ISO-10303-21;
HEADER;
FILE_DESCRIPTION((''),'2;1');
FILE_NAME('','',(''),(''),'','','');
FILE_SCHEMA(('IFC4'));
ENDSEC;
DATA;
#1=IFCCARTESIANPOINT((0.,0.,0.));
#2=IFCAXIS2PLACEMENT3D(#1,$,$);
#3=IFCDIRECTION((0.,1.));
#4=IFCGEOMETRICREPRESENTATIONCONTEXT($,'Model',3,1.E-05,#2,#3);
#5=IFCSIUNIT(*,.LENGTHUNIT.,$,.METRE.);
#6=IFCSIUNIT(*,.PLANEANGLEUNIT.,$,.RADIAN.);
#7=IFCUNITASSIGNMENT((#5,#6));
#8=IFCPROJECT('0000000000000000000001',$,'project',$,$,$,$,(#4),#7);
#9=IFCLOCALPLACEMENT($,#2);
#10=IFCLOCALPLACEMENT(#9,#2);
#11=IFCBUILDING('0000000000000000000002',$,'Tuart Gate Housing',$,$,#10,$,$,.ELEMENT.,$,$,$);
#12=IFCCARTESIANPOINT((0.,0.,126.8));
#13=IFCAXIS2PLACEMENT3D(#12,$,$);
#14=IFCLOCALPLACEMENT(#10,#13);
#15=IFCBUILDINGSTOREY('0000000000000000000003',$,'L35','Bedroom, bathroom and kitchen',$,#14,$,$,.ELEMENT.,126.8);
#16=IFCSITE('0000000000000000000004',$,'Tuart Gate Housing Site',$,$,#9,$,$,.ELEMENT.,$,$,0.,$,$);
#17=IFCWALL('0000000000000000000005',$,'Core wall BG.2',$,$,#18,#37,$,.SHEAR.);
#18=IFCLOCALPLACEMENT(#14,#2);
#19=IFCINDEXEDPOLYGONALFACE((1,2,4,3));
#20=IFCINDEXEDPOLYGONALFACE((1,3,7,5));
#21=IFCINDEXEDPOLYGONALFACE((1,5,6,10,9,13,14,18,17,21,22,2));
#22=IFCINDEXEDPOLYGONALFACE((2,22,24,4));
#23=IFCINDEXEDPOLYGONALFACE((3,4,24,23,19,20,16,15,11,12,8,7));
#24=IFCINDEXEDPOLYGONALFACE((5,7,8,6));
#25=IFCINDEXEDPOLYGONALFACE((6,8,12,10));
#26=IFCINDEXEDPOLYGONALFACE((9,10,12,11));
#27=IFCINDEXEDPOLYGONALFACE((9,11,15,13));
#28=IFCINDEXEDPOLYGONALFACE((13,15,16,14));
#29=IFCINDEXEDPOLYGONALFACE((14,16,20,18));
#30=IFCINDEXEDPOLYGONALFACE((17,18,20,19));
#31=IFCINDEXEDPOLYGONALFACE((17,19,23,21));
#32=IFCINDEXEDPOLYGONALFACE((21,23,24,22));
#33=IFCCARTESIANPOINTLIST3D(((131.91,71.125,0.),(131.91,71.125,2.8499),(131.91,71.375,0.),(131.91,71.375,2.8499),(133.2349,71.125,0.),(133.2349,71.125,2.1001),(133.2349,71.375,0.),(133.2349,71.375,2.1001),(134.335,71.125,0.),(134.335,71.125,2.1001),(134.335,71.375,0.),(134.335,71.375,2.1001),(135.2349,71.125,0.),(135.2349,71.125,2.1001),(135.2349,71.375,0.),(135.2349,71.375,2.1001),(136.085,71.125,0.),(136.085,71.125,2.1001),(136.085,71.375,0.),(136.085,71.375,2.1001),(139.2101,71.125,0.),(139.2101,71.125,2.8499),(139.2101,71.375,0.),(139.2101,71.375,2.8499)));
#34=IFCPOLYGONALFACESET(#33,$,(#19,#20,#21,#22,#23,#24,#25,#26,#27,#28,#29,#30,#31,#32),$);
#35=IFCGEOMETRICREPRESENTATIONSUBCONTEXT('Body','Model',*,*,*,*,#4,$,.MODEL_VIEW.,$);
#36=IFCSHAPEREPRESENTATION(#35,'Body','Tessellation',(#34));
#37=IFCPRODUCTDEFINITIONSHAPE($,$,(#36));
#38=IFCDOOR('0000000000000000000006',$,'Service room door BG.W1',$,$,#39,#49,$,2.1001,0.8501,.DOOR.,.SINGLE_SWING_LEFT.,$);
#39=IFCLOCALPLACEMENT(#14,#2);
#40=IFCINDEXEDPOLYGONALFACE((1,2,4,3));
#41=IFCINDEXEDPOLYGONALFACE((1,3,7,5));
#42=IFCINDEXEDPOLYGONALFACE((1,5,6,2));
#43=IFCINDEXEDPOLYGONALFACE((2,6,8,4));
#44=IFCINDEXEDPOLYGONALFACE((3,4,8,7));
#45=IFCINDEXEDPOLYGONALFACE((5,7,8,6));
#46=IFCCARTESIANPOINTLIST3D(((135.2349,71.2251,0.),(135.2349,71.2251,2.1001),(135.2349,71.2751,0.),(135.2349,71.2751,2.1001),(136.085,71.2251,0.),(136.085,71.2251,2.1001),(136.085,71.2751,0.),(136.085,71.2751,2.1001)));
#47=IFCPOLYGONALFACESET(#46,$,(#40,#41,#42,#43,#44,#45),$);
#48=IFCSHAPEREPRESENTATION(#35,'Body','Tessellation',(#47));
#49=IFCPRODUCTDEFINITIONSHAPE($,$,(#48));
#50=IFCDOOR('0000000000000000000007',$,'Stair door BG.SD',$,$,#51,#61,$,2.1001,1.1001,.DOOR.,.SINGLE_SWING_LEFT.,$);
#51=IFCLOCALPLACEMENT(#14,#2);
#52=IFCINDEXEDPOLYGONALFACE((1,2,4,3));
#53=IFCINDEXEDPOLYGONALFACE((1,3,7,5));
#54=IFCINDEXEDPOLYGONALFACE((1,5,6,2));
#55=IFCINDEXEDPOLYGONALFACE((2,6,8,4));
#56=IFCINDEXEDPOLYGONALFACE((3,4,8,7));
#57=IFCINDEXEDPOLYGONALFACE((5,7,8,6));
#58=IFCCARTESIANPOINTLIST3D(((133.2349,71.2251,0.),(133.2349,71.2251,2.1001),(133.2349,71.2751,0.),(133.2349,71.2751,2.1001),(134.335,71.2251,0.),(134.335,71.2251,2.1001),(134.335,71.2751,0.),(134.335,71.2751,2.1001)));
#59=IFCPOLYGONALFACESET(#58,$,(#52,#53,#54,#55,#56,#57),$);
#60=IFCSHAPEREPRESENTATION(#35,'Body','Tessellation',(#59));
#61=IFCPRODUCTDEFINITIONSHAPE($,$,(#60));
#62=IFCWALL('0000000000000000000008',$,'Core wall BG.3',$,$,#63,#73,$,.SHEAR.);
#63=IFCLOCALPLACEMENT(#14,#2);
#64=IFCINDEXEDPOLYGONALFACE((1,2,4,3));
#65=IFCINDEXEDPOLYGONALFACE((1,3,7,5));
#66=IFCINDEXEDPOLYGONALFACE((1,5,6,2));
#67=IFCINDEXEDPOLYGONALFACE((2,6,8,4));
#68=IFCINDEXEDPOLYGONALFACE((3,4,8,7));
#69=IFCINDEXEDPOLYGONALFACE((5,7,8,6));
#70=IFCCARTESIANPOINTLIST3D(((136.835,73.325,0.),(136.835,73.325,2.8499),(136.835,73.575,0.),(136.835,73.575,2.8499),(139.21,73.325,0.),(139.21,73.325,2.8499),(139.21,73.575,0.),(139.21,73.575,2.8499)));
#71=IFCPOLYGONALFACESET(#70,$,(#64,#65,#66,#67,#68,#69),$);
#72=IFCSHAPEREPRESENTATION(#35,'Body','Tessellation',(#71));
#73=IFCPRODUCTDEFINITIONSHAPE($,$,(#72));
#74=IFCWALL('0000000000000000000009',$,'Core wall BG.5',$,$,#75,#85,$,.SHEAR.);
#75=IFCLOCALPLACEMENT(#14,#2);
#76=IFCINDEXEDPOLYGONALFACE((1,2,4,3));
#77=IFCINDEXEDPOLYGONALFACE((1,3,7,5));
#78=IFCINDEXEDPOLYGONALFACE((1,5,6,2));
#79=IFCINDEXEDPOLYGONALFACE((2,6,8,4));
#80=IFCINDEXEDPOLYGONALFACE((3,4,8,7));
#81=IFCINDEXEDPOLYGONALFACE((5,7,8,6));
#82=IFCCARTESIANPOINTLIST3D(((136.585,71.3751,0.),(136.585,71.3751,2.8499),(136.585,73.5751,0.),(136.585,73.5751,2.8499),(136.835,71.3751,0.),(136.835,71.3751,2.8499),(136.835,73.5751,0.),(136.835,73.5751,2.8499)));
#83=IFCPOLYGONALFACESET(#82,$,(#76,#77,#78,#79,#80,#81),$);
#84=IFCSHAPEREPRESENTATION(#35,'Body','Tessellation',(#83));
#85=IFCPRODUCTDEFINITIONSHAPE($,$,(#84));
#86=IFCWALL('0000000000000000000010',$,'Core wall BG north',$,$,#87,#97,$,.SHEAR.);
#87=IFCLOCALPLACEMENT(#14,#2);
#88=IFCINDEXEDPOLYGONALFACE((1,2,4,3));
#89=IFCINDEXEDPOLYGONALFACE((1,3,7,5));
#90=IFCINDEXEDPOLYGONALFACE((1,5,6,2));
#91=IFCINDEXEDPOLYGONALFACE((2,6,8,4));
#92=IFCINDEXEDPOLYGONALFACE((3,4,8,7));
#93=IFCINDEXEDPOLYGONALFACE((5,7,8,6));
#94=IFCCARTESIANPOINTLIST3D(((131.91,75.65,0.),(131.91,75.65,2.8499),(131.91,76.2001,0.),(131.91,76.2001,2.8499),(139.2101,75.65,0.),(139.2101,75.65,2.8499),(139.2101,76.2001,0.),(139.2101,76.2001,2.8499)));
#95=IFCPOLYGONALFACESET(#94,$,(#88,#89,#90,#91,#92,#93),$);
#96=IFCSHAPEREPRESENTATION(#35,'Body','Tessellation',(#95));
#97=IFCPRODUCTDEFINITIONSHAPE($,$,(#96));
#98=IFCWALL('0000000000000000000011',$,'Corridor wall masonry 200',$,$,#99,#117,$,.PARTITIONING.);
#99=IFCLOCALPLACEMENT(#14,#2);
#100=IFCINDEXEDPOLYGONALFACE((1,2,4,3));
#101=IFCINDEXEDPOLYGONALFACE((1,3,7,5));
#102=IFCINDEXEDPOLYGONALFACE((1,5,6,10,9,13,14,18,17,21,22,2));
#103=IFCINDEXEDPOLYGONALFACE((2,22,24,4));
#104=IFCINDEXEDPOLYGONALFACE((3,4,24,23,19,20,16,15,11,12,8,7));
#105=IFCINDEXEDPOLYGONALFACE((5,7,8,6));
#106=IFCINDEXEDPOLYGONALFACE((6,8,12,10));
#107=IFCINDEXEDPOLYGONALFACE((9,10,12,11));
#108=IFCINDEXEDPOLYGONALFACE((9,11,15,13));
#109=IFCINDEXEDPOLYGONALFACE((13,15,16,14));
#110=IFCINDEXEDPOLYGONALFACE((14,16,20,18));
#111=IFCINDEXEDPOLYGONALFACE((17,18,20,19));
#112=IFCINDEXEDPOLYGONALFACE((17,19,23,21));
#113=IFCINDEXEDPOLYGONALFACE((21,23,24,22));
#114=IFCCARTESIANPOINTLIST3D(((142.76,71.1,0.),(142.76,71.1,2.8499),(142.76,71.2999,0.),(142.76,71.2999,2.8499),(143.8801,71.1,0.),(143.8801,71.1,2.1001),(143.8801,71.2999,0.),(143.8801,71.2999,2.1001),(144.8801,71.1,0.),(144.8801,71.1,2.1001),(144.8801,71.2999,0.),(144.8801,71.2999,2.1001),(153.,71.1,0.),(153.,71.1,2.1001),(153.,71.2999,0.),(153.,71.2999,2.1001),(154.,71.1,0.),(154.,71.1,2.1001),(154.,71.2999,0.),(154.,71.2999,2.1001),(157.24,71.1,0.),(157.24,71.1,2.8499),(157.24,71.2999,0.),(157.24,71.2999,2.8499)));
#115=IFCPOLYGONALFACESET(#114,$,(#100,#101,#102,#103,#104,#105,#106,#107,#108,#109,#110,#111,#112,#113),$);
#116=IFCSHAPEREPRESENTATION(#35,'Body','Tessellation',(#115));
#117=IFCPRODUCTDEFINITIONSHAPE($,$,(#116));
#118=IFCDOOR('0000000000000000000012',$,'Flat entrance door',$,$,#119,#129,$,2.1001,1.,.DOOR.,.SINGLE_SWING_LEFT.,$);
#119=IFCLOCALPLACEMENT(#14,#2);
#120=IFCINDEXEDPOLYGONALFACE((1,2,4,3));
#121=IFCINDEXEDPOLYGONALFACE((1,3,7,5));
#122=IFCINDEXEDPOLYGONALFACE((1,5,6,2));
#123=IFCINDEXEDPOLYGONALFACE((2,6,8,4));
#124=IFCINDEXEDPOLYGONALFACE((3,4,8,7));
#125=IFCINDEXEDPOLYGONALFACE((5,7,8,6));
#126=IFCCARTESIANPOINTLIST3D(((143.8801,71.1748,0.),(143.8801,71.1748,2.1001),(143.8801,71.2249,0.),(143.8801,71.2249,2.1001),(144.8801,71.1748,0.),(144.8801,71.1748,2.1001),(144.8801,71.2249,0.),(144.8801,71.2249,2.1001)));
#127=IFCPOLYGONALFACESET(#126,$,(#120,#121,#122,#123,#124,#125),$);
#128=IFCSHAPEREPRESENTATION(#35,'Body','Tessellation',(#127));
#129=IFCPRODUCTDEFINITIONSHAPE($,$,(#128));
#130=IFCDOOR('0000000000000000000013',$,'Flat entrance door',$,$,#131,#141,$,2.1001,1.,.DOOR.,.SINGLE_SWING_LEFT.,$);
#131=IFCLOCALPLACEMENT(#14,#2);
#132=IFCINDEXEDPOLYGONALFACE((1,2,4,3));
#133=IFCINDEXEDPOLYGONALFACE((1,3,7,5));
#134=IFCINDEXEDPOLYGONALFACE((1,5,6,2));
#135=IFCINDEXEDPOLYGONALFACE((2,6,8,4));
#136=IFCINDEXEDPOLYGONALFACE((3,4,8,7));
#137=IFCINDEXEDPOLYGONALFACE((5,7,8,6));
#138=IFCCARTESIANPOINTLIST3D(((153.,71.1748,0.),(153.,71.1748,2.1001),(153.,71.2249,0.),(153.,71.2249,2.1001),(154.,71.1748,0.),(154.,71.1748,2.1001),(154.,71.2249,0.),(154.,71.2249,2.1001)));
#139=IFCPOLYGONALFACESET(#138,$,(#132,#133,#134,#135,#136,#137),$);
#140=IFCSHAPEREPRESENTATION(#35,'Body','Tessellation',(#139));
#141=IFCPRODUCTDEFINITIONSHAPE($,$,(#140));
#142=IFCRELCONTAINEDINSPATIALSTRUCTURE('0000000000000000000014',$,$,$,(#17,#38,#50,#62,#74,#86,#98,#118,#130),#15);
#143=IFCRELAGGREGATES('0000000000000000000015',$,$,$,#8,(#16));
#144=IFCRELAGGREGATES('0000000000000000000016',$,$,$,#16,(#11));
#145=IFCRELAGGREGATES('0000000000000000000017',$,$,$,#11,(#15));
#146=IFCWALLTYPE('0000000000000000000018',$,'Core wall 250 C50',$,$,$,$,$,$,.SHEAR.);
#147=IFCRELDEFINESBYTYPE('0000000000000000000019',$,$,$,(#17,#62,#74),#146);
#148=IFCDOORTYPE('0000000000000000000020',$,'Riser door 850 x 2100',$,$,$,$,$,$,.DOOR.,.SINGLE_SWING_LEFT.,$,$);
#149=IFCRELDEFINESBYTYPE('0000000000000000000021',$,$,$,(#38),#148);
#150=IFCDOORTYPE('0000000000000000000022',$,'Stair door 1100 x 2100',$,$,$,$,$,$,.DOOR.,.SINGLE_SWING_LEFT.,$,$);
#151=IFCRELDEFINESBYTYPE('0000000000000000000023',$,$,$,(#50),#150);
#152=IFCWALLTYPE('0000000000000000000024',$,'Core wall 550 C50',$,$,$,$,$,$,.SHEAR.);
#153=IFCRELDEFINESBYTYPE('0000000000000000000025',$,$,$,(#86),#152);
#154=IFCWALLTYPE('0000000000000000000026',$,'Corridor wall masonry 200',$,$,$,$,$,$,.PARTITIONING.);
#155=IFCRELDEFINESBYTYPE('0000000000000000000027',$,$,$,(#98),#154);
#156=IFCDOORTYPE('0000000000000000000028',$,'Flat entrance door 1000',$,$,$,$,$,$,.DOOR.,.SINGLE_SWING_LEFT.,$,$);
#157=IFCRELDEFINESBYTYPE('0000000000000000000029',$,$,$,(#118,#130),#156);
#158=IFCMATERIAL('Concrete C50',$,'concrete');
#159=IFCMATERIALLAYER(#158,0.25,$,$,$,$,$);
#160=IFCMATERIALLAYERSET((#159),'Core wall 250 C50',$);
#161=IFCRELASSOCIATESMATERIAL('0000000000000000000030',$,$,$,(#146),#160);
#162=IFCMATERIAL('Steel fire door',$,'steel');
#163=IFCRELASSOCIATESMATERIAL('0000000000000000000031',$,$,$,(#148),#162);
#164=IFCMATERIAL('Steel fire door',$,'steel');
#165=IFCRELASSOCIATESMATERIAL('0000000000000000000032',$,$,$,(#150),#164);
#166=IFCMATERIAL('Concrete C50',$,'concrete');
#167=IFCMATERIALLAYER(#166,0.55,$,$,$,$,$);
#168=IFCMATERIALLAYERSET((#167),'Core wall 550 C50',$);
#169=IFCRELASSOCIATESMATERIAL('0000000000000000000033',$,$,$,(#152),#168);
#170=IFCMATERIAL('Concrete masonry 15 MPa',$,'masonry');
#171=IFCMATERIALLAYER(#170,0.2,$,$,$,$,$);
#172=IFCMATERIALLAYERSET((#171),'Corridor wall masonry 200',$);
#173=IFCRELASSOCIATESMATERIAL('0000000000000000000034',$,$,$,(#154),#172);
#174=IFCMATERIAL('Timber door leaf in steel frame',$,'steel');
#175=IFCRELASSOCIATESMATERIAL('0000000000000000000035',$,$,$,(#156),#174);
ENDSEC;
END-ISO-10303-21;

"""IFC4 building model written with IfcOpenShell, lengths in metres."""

from ifc_helpers import new_model, si_unit, direction, frame, frame_2d, origin, place, context, subcontext, project, spatial, rectangle, extrude, material, layer, layer_set, type_object, element, fill, save


model = new_model("IFC4")

# Units and contexts
model_context = context("Model", 3, precision=1e-05, world=origin(), true_north=direction((0.0, 1.0)))
body_context = subcontext(model_context, "Body", "Model", "MODEL_VIEW")
ifc_project = project(units=[si_unit("LENGTHUNIT", "METRE"), si_unit("PLANEANGLEUNIT", "RADIAN")], contexts=[model_context])

# Site, building, storey
site_placement = place(None, origin())
site = spatial("IfcSite", under=ifc_project, at=site_placement, Name="Tuart Gate Housing Site", CompositionType="ELEMENT", RefElevation=0.0)
building_placement = place(site_placement, origin())
building = spatial("IfcBuilding", under=site, at=building_placement, Name="Tuart Gate Housing", CompositionType="ELEMENT")
storey_placement = place(building_placement, frame((0.0, 0.0, 126.8)))
storey = spatial("IfcBuildingStorey", under=building, at=storey_placement, Name="L35", Description="Bedroom, bathroom and kitchen", CompositionType="ELEMENT", Elevation=126.8)

# Wall, openings, doors
ifc_material_1 = material(Name="Concrete C50", Category="concrete")
ifc_layer_1 = layer(ifc_material_1, 0.25)
ifc_layer_set_1 = layer_set([ifc_layer_1], Name="Core wall 250 C50")
wall_type_1 = type_object("IfcWallType", Name="Core wall 250 C50", PredefinedType="SHEAR", material=ifc_layer_set_1)
wall_1_placement = place(storey_placement, frame((139.21, 71.25, 0.0), z_axis=(0.0, 0.0, 1.0), x_axis=(-1.0, 0.0, 0.0)))
wall_1 = element("IfcWall", 1, at=wall_1_placement, inside=storey, type_object=wall_type_1, Name="Core wall BG.2", PredefinedType="SHEAR", context=body_context, shape_type="SweptSolid", body=[
    extrude(rectangle(XDim=7.3, YDim=0.25, at=frame_2d((3.6499, 0.0))), origin(), (0.0, 0.0, 1.0), 2.8499),
])
opening_1_placement = place(wall_1_placement, frame((4.875, 0.0, 0.0)))
opening_1 = element("IfcOpeningElement", 2, at=opening_1_placement, cuts=wall_1, PredefinedType="OPENING", context=body_context, shape_type="SweptSolid", body=[
    extrude(rectangle(XDim=1.1001, YDim=2.1001, at=frame_2d((0.55, 1.05))), frame((0.0, 0.135, 0.0), z_axis=(0.0, -1.0, 0.0), x_axis=(1.0, 0.0, 0.0)), (0.0, 0.0, 1.0), 0.27),
])
opening_2_placement = place(wall_1_placement, frame((3.125, 0.0, 0.0)))
opening_2 = element("IfcOpeningElement", 3, at=opening_2_placement, cuts=wall_1, PredefinedType="OPENING", context=body_context, shape_type="SweptSolid", body=[
    extrude(rectangle(XDim=0.8501, YDim=2.1001, at=frame_2d((0.425, 1.05))), frame((0.0, 0.135, 0.0), z_axis=(0.0, -1.0, 0.0), x_axis=(1.0, 0.0, 0.0)), (0.0, 0.0, 1.0), 0.27),
])
ifc_material_2 = material(Name="Steel fire door", Category="steel")
door_type_1 = type_object("IfcDoorType", Name="Riser door 850 x 2100", OperationType="SINGLE_SWING_LEFT", PredefinedType="DOOR", material=ifc_material_2)
door_1_placement = place(opening_2_placement, origin())
door_1 = element("IfcDoor", 4, at=door_1_placement, inside=storey, type_object=door_type_1, Name="Service room door BG.W1", OperationType="SINGLE_SWING_LEFT", OverallHeight=2.1001, OverallWidth=0.8501, PredefinedType="DOOR", context=body_context, shape_type="SweptSolid", body=[
    extrude(rectangle(XDim=0.8501, YDim=2.1001, at=frame_2d((0.425, 1.05))), frame((0.0, 0.0249, 0.0), z_axis=(0.0, -1.0, 0.0), x_axis=(1.0, 0.0, 0.0)), (0.0, 0.0, 1.0), 0.05),
])
fill(opening_2, door_1)
ifc_material_3 = material(Name="Steel fire door", Category="steel")
door_type_2 = type_object("IfcDoorType", Name="Stair door 1100 x 2100", OperationType="SINGLE_SWING_LEFT", PredefinedType="DOOR", material=ifc_material_3)
door_2_placement = place(opening_1_placement, origin())
door_2 = element("IfcDoor", 5, at=door_2_placement, inside=storey, type_object=door_type_2, Name="Stair door BG.SD", OperationType="SINGLE_SWING_LEFT", OverallHeight=2.1001, OverallWidth=1.1001, PredefinedType="DOOR", context=body_context, shape_type="SweptSolid", body=[
    extrude(rectangle(XDim=1.1001, YDim=2.1001, at=frame_2d((0.55, 1.05))), frame((0.0, 0.0249, 0.0), z_axis=(0.0, -1.0, 0.0), x_axis=(1.0, 0.0, 0.0)), (0.0, 0.0, 1.0), 0.05),
])
fill(opening_1, door_2)

# Walls
wall_2_placement = place(storey_placement, frame((139.21, 73.45, 0.0), z_axis=(0.0, 0.0, 1.0), x_axis=(-1.0, 0.0, 0.0)))
element("IfcWall", 6, at=wall_2_placement, inside=storey, type_object=wall_type_1, Name="Core wall BG.3", PredefinedType="SHEAR", context=body_context, shape_type="SweptSolid", body=[
    extrude(rectangle(XDim=2.375, YDim=0.25, at=frame_2d((1.1875, 0.0))), origin(), (0.0, 0.0, 1.0), 2.8499),
])
wall_3_placement = place(storey_placement, frame((136.71, 71.375, 0.0), z_axis=(0.0, 0.0, 1.0), x_axis=(0.0, 1.0, 0.0)))
element("IfcWall", 7, at=wall_3_placement, inside=storey, type_object=wall_type_1, Name="Core wall BG.5", PredefinedType="SHEAR", context=body_context, shape_type="SweptSolid", body=[
    extrude(rectangle(XDim=2.2, YDim=0.25, at=frame_2d((1.1001, 0.0))), origin(), (0.0, 0.0, 1.0), 2.8499),
])
ifc_material_4 = material(Name="Concrete C50", Category="concrete")
ifc_layer_2 = layer(ifc_material_4, 0.55)
ifc_layer_set_2 = layer_set([ifc_layer_2], Name="Core wall 550 C50")
wall_type_2 = type_object("IfcWallType", Name="Core wall 550 C50", PredefinedType="SHEAR", material=ifc_layer_set_2)
wall_4_placement = place(storey_placement, frame((139.21, 75.925, 0.0), z_axis=(0.0, 0.0, 1.0), x_axis=(-1.0, 0.0, 0.0)))
element("IfcWall", 8, at=wall_4_placement, inside=storey, type_object=wall_type_2, Name="Core wall BG north", PredefinedType="SHEAR", context=body_context, shape_type="SweptSolid", body=[
    extrude(rectangle(XDim=7.3, YDim=0.55, at=frame_2d((3.6499, 0.0))), origin(), (0.0, 0.0, 1.0), 2.8499),
])

# Wall, openings, doors
ifc_material_5 = material(Name="Concrete masonry 15 MPa", Category="masonry")
ifc_layer_3 = layer(ifc_material_5, 0.2)
ifc_layer_set_3 = layer_set([ifc_layer_3], Name="Corridor wall masonry 200")
wall_type_3 = type_object("IfcWallType", Name="Corridor wall masonry 200", PredefinedType="PARTITIONING", material=ifc_layer_set_3)
wall_5_placement = place(storey_placement, frame((142.76, 71.2, 0.0), z_axis=(0.0, 0.0, 1.0), x_axis=(1.0, 0.0, 0.0)))
wall_5 = element("IfcWall", 9, at=wall_5_placement, inside=storey, type_object=wall_type_3, Name="Corridor wall masonry 200", PredefinedType="PARTITIONING", context=body_context, shape_type="SweptSolid", body=[
    extrude(rectangle(XDim=14.48, YDim=0.2, at=frame_2d((7.24, 0.0))), origin(), (0.0, 0.0, 1.0), 2.8499),
])
opening_3_placement = place(wall_5_placement, frame((1.1201, 0.0, 0.0)))
opening_3 = element("IfcOpeningElement", 10, at=opening_3_placement, cuts=wall_5, PredefinedType="OPENING", context=body_context, shape_type="SweptSolid", body=[
    extrude(rectangle(XDim=1.0, YDim=2.1001, at=frame_2d((0.5, 1.05))), frame((0.0, 0.1099, 0.0), z_axis=(0.0, -1.0, 0.0), x_axis=(1.0, 0.0, 0.0)), (0.0, 0.0, 1.0), 0.22),
])
opening_4_placement = place(wall_5_placement, frame((10.24, 0.0, 0.0)))
opening_4 = element("IfcOpeningElement", 11, at=opening_4_placement, cuts=wall_5, PredefinedType="OPENING", context=body_context, shape_type="SweptSolid", body=[
    extrude(rectangle(XDim=1.0, YDim=2.1001, at=frame_2d((0.5, 1.05))), frame((0.0, 0.1099, 0.0), z_axis=(0.0, -1.0, 0.0), x_axis=(1.0, 0.0, 0.0)), (0.0, 0.0, 1.0), 0.22),
])
ifc_material_6 = material(Name="Timber door leaf in steel frame", Category="steel")
door_type_3 = type_object("IfcDoorType", Name="Flat entrance door 1000", OperationType="SINGLE_SWING_LEFT", PredefinedType="DOOR", material=ifc_material_6)
door_3_placement = place(opening_3_placement, origin())
door_3 = element("IfcDoor", 12, at=door_3_placement, inside=storey, type_object=door_type_3, Name="Flat entrance door", OperationType="SINGLE_SWING_LEFT", OverallHeight=2.1001, OverallWidth=1.0, PredefinedType="DOOR", context=body_context, shape_type="SweptSolid", body=[
    extrude(rectangle(XDim=1.0, YDim=2.1001, at=frame_2d((0.5, 1.05))), frame((0.0, 0.0249, 0.0), z_axis=(0.0, -1.0, 0.0), x_axis=(1.0, 0.0, 0.0)), (0.0, 0.0, 1.0), 0.05),
])
fill(opening_3, door_3)
door_4_placement = place(opening_4_placement, origin())
door_4 = element("IfcDoor", 13, at=door_4_placement, inside=storey, type_object=door_type_3, Name="Flat entrance door", OperationType="SINGLE_SWING_LEFT", OverallHeight=2.1001, OverallWidth=1.0, PredefinedType="DOOR", context=body_context, shape_type="SweptSolid", body=[
    extrude(rectangle(XDim=1.0, YDim=2.1001, at=frame_2d((0.5, 1.05))), frame((0.0, 0.0249, 0.0), z_axis=(0.0, -1.0, 0.0), x_axis=(1.0, 0.0, 0.0)), (0.0, 0.0, 1.0), 0.05),
])
fill(opening_4, door_4)

save(model, "model.ifc")
